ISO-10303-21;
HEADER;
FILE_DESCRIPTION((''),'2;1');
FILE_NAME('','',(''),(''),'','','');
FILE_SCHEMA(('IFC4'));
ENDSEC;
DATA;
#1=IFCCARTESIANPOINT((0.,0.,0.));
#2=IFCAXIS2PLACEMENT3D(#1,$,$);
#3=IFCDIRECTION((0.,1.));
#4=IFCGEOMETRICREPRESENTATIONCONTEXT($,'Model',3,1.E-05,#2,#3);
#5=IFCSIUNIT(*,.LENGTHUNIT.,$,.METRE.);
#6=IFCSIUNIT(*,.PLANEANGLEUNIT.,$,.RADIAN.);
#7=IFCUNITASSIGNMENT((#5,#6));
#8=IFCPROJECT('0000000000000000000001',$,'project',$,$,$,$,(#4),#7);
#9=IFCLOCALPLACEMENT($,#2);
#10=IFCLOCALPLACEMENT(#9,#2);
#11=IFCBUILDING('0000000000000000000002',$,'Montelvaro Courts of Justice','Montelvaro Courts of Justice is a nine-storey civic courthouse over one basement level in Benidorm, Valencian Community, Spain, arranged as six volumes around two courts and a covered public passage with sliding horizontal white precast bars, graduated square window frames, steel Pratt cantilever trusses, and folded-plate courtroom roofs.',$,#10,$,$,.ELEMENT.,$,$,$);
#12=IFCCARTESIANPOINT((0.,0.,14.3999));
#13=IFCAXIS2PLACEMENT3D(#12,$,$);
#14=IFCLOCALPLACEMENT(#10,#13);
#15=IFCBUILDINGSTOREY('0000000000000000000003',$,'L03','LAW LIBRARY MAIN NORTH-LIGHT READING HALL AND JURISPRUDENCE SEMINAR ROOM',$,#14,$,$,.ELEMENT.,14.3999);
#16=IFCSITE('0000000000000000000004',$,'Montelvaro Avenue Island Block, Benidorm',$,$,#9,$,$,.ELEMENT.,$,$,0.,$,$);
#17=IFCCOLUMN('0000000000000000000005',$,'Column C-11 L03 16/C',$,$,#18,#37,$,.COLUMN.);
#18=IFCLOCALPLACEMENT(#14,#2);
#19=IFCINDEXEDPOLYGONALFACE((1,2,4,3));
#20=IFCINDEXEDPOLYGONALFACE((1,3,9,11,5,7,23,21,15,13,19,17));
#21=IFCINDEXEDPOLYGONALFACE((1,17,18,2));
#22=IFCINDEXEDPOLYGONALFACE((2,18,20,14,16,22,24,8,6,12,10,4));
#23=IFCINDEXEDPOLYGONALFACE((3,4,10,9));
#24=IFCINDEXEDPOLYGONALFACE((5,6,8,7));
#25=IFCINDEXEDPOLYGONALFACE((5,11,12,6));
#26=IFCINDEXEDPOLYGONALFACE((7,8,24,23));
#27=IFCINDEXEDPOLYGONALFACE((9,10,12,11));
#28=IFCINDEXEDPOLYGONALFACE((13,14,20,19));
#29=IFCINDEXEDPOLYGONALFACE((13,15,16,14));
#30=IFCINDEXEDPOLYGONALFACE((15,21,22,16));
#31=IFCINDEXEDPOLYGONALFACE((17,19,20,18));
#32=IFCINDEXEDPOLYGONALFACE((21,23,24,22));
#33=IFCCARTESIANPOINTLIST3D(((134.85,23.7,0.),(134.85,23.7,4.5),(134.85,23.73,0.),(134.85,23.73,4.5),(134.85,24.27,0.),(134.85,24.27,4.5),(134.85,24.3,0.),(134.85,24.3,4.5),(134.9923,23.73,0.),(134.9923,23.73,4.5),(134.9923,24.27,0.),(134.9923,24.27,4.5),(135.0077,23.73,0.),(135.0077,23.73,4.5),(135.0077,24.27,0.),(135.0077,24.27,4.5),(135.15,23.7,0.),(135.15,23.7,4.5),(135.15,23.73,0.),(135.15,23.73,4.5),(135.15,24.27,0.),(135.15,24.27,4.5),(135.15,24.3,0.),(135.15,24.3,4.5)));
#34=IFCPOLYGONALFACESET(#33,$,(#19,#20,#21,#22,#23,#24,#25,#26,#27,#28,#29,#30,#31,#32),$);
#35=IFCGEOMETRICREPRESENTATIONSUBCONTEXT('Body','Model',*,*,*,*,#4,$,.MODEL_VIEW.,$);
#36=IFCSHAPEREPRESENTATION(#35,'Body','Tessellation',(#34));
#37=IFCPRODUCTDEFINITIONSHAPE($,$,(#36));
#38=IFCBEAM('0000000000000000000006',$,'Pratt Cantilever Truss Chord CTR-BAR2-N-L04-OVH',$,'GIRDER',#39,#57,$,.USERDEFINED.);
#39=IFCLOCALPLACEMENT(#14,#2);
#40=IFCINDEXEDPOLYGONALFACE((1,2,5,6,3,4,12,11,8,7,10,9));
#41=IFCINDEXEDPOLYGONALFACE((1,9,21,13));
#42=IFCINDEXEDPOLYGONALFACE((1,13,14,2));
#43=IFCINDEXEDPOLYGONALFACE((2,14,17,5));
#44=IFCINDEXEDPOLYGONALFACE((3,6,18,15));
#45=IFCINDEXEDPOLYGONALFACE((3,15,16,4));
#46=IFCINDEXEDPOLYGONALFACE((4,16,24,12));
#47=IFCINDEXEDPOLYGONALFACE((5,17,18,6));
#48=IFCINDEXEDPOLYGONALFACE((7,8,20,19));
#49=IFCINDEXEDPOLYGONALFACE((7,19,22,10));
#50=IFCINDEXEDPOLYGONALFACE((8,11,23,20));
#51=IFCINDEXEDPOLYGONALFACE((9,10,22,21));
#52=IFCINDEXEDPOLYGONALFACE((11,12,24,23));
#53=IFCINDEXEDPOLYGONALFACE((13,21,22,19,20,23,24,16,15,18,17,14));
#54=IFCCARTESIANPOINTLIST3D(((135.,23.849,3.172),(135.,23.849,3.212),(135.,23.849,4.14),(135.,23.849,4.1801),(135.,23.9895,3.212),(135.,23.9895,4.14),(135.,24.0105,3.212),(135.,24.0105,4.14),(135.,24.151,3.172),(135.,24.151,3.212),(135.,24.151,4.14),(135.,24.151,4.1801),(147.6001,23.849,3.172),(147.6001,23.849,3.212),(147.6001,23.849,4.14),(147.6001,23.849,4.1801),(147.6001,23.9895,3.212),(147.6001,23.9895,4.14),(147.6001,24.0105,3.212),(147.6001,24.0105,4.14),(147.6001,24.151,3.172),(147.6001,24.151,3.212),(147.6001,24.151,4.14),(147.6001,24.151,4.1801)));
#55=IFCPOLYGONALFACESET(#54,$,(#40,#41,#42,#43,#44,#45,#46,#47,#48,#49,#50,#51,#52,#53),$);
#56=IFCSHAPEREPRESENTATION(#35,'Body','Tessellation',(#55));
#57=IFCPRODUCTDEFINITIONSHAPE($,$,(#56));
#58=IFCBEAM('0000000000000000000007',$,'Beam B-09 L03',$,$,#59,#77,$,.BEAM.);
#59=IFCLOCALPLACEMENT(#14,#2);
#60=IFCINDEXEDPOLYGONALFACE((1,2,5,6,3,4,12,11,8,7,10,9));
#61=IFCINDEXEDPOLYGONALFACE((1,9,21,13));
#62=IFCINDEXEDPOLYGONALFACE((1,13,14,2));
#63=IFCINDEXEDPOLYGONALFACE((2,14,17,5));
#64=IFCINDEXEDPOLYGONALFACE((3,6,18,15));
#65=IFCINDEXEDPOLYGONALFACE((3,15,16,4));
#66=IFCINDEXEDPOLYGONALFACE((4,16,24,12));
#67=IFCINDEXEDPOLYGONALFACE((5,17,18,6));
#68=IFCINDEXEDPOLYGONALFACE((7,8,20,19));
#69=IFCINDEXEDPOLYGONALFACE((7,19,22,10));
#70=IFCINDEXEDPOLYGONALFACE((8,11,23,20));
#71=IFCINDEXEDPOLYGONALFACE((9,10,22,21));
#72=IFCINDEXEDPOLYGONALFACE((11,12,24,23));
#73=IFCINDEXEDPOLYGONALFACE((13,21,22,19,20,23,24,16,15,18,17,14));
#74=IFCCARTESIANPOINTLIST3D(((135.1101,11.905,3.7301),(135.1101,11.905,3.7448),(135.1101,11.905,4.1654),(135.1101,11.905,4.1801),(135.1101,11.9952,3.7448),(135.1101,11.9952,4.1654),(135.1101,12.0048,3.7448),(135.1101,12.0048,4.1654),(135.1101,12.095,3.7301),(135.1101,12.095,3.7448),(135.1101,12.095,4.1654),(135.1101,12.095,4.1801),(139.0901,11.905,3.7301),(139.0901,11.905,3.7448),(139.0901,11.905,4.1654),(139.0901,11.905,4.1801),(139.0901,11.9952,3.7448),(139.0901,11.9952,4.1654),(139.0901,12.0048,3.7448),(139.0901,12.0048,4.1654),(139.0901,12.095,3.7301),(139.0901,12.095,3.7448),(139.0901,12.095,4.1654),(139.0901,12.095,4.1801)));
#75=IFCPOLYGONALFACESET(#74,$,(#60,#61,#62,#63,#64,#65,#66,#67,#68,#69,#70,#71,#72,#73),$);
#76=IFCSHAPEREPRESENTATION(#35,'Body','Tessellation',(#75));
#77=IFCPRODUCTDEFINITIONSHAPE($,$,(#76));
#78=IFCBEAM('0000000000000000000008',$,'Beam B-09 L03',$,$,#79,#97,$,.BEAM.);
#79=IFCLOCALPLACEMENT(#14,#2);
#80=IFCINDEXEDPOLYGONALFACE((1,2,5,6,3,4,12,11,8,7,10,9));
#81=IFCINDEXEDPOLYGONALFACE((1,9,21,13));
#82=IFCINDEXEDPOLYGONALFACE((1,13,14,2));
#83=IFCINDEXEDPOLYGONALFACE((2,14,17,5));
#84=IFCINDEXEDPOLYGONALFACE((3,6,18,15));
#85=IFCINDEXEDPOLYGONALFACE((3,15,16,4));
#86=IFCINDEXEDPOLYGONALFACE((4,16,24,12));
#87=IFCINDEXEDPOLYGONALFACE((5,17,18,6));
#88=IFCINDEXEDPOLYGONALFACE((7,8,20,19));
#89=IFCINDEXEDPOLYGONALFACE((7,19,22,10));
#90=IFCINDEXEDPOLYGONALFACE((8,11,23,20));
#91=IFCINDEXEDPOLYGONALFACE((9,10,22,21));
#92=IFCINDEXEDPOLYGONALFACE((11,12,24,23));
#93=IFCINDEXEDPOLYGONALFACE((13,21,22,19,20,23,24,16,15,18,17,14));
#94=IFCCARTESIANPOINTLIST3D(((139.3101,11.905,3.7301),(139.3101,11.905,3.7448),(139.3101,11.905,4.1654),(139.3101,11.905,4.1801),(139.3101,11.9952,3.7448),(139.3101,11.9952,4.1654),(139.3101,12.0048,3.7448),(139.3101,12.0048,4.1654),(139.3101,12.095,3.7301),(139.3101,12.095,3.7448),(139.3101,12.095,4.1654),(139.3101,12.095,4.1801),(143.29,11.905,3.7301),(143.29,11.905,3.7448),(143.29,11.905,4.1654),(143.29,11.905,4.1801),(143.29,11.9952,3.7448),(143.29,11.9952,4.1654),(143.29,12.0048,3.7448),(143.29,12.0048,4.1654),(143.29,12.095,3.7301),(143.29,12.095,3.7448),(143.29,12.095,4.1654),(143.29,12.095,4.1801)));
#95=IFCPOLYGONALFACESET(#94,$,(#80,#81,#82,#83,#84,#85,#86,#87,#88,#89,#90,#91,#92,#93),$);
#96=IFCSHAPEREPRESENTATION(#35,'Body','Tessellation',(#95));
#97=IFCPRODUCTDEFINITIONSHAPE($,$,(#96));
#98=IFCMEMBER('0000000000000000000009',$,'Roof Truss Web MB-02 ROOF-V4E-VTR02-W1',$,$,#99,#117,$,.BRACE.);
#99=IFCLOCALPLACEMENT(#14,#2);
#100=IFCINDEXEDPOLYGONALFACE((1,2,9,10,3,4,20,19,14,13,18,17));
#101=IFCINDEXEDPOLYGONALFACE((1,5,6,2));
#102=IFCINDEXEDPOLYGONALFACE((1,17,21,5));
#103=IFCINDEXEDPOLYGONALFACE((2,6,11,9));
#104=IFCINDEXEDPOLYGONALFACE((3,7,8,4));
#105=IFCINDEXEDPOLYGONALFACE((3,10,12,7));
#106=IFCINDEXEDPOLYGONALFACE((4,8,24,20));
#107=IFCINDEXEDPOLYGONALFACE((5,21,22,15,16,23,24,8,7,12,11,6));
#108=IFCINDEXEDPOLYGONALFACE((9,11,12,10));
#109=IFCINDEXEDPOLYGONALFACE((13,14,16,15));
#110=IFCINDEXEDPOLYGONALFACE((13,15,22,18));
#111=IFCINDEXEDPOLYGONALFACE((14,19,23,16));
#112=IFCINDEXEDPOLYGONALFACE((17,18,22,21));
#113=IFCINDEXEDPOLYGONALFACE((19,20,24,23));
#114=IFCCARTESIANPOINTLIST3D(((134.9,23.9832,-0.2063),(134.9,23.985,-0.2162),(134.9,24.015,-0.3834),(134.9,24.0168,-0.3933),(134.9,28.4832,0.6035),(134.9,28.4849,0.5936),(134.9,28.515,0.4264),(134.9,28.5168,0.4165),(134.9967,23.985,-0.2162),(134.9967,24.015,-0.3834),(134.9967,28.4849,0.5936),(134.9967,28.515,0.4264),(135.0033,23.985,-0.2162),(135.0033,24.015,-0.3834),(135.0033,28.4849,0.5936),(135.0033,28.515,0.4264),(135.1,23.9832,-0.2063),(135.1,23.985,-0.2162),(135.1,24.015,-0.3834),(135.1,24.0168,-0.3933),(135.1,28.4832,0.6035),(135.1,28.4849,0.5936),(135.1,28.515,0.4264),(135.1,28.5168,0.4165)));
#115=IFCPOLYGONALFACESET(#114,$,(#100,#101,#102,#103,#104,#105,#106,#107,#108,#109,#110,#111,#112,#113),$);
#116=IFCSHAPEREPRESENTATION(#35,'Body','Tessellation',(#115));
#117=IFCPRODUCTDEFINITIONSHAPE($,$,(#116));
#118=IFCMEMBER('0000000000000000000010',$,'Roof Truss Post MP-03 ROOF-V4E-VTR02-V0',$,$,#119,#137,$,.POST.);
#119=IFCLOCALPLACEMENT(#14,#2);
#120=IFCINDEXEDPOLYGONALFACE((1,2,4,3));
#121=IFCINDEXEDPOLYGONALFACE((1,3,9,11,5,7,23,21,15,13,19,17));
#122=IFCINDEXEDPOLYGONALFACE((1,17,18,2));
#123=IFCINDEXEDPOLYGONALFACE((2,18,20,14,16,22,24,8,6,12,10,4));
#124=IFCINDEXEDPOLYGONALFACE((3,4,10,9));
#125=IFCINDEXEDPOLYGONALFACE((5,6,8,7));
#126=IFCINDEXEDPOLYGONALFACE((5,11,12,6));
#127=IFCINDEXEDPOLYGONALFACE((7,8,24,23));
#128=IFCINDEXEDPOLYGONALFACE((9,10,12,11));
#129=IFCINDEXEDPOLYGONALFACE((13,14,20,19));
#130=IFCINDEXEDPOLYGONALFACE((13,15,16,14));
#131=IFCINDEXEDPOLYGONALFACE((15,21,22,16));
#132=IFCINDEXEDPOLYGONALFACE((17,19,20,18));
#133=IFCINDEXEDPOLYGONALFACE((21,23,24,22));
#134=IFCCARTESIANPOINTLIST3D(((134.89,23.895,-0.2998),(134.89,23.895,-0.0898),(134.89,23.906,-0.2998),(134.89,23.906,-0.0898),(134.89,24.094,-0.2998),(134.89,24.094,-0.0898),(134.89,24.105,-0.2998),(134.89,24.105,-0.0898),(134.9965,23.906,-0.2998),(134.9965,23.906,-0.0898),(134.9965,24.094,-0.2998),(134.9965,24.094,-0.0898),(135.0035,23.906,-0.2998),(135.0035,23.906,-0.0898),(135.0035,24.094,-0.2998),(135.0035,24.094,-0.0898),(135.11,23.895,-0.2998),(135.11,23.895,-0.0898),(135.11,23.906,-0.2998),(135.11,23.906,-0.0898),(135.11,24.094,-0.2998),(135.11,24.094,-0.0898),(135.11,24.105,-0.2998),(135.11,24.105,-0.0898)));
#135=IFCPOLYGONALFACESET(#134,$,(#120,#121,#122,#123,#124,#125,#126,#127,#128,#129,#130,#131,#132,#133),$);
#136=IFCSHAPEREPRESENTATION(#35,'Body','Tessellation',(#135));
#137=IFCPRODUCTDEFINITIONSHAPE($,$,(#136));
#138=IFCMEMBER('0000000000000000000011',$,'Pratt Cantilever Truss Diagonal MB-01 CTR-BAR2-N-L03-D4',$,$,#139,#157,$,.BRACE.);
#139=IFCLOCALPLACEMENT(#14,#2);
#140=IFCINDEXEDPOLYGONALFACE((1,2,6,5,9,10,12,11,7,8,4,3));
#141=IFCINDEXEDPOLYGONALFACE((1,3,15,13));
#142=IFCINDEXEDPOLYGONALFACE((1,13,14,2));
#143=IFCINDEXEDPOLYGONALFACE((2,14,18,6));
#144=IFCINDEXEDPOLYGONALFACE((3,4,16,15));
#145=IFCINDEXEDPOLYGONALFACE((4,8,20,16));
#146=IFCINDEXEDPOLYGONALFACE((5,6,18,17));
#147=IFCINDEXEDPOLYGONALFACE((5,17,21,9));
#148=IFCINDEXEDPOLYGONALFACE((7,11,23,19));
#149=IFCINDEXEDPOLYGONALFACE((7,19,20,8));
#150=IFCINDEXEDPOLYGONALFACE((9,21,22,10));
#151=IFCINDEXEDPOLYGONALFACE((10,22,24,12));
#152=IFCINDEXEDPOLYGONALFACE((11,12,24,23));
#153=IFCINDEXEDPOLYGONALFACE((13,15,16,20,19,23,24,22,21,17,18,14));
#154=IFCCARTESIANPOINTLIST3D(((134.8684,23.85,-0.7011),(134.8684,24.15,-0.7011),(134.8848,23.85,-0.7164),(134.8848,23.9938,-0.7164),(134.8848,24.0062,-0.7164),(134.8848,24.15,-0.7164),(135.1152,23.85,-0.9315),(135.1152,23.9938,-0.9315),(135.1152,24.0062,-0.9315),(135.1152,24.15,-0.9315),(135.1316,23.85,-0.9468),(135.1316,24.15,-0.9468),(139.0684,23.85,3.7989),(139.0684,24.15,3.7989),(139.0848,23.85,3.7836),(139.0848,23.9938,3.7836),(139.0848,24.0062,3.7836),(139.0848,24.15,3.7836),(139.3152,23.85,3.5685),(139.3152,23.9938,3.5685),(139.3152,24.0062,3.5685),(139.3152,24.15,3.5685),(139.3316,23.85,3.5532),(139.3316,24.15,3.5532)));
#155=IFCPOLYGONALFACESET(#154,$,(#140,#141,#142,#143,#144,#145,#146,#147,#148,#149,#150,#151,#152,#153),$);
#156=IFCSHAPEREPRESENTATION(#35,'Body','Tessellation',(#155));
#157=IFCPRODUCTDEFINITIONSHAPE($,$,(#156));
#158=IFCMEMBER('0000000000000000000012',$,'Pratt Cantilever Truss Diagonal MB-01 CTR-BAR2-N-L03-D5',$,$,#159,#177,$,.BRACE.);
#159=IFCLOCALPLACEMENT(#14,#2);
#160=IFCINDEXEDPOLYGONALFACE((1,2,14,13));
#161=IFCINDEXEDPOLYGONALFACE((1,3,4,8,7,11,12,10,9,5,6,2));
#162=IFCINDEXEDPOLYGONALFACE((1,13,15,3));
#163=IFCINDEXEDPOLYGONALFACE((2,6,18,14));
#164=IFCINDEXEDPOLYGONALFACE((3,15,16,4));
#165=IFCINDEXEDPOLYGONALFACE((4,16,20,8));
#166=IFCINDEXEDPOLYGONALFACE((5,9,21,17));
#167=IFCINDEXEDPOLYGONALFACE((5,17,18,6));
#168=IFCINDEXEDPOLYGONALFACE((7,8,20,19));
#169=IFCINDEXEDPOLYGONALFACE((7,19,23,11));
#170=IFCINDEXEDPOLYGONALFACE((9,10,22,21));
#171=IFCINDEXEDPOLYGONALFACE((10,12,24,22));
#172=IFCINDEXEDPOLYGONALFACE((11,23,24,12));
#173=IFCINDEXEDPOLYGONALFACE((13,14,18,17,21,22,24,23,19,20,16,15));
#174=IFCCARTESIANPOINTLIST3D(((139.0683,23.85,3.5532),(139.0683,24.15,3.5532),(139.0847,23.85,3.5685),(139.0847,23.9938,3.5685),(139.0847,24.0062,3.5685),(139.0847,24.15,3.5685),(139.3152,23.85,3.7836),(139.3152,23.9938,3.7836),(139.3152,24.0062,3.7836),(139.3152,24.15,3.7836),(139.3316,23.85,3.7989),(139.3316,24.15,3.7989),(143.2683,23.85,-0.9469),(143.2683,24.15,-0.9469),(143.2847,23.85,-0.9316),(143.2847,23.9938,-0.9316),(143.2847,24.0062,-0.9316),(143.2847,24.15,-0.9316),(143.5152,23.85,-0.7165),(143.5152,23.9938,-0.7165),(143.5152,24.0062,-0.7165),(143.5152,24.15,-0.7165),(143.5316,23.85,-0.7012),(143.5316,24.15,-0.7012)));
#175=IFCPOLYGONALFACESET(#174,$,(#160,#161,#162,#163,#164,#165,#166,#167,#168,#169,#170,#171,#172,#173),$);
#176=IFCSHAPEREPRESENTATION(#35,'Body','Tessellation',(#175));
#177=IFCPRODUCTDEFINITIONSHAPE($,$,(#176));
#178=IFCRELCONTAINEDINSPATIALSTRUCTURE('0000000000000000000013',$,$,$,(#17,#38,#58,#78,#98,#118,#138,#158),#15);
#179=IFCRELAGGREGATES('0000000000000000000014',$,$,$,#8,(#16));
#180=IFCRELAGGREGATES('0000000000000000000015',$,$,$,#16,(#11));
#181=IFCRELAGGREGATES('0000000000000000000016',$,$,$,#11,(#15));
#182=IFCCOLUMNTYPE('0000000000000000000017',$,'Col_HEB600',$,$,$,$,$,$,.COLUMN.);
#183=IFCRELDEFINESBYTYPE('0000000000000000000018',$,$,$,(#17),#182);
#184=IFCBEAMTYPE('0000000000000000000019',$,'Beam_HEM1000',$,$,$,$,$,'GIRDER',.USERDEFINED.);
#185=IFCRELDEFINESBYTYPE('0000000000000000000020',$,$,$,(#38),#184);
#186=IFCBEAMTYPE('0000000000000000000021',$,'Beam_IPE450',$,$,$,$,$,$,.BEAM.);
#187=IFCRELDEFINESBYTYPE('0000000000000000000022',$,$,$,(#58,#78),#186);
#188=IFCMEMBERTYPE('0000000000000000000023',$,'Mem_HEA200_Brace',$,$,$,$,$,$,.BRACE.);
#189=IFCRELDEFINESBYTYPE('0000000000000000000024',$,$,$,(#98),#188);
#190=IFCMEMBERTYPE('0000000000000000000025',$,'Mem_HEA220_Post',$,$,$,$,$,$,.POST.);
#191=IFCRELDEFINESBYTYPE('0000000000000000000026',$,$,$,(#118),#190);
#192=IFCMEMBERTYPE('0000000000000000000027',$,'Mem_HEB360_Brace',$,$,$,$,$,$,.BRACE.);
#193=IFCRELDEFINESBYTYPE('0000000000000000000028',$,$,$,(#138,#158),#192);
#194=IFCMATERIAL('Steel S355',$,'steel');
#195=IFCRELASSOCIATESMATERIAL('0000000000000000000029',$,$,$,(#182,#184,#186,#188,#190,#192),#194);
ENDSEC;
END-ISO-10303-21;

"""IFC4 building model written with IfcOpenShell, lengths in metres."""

from ifc_helpers import new_model, si_unit, direction, frame, origin, origin_2d, place, context, subcontext, project, spatial, i_section, extrude, material, material_profile, profile_set, type_object, element, save


model = new_model("IFC4")

# Units and contexts
model_context = context("Model", 3, precision=1e-05, world=origin(), true_north=direction((0.0, 1.0)))
body_context = subcontext(model_context, "Body", "Model", "MODEL_VIEW")
ifc_project = project(units=[si_unit("LENGTHUNIT", "METRE"), si_unit("PLANEANGLEUNIT", "RADIAN")], contexts=[model_context])

# Site, building, storey
site_placement = place(None, origin())
site = spatial("IfcSite", under=ifc_project, at=site_placement, Name="Montelvaro Avenue Island Block, Benidorm", CompositionType="ELEMENT", RefElevation=0.0)
building_placement = place(site_placement, origin())
building = spatial("IfcBuilding", under=site, at=building_placement, Name="Montelvaro Courts of Justice", Description="Montelvaro Courts of Justice is a nine-storey civic courthouse over one basement level in Benidorm, Valencian Community, Spain, arranged as six volumes around two courts and a covered public passage with sliding horizontal white precast bars, graduated square window frames, steel Pratt cantilever trusses, and folded-plate courtroom roofs.", CompositionType="ELEMENT")
storey_placement = place(building_placement, frame((0.0, 0.0, 14.3999)))
storey = spatial("IfcBuildingStorey", under=building, at=storey_placement, Name="L03", Description="LAW LIBRARY MAIN NORTH-LIGHT READING HALL AND JURISPRUDENCE SEMINAR ROOM", CompositionType="ELEMENT", Elevation=14.3999)

# Column
ifc_material_1 = material(Name="Steel S355", Category="steel")
ifc_material_profile_1 = material_profile(ifc_material_1, i_section(OverallWidth=0.3, OverallDepth=0.6001, WebThickness=0.0154, FlangeThickness=0.03, at=origin_2d()), Name="HEB 600")
ifc_profile_set_1 = profile_set([ifc_material_profile_1], Name="Steel S355")
column_type = type_object("IfcColumnType", Name="Col_HEB600", PredefinedType="COLUMN", material=ifc_profile_set_1)
column_placement = place(storey_placement, frame((135.0, 24.0, 0.0), z_axis=(0.0, 0.0, 1.0), x_axis=(1.0, 0.0, 0.0)))
element("IfcColumn", 1, at=column_placement, inside=storey, type_object=column_type, Name="Column C-11 L03 16/C", PredefinedType="COLUMN", context=body_context, shape_type="SweptSolid", body=[
    extrude(i_section(OverallWidth=0.3, OverallDepth=0.6001, WebThickness=0.0154, FlangeThickness=0.03, at=origin_2d()), origin(), (0.0, 0.0, 1.0), 4.5),
])

# Beams
ifc_material_profile_2 = material_profile(ifc_material_1, i_section(OverallWidth=0.302, OverallDepth=1.0081, WebThickness=0.021, FlangeThickness=0.04, at=origin_2d()), Name="HEM 1000")
ifc_profile_set_2 = profile_set([ifc_material_profile_2], Name="Steel S355")
beam_type_1 = type_object("IfcBeamType", Name="Beam_HEM1000", ElementType="GIRDER", PredefinedType="USERDEFINED", material=ifc_profile_set_2)
beam_placement = place(storey_placement, frame((135.0, 24.0, 3.676), z_axis=(1.0, 0.0, 0.0), x_axis=(0.0, 1.0, 0.0)))
element("IfcBeam", 2, at=beam_placement, inside=storey, type_object=beam_type_1, Name="Pratt Cantilever Truss Chord CTR-BAR2-N-L04-OVH", ObjectType="GIRDER", PredefinedType="USERDEFINED", context=body_context, shape_type="SweptSolid", body=[
    extrude(i_section(OverallWidth=0.302, OverallDepth=1.0081, WebThickness=0.021, FlangeThickness=0.04, at=origin_2d()), origin(), (0.0, 0.0, 1.0), 12.6001),
])
ifc_material_profile_3 = material_profile(ifc_material_1, i_section(OverallWidth=0.1899, OverallDepth=0.45, WebThickness=0.0095, FlangeThickness=0.0146, at=origin_2d()), Name="IPE 450")
ifc_profile_set_3 = profile_set([ifc_material_profile_3], Name="Steel S355")
beam_type_2 = type_object("IfcBeamType", Name="Beam_IPE450", PredefinedType="BEAM", material=ifc_profile_set_3)
for number, where, z_axis, x_axis, name in (
    (3, (135.1101, 12.0, 3.9551), (1.0, 0.0, 0.0), (0.0, 1.0, 0.0), "Beam B-09 L03"),
    (4, (139.3101, 12.0, 3.9551), (1.0, 0.0, 0.0), (0.0, 1.0, 0.0), "Beam B-09 L03"),
):
    element("IfcBeam", number, at=place(storey_placement, frame(where, z_axis=z_axis, x_axis=x_axis)), inside=storey, type_object=beam_type_2, Name=name, PredefinedType="BEAM", context=body_context, shape_type="SweptSolid", body=[
        extrude(i_section(OverallWidth=0.1899, OverallDepth=0.45, WebThickness=0.0095, FlangeThickness=0.0146, at=origin_2d()), origin(), (0.0, 0.0, 1.0), 3.98),
    ])

# Members
ifc_material_profile_4 = material_profile(ifc_material_1, i_section(OverallWidth=0.2, OverallDepth=0.1899, WebThickness=0.0066, FlangeThickness=0.01, at=origin_2d()), Name="HEA 200")
ifc_profile_set_4 = profile_set([ifc_material_profile_4], Name="Steel S355")
member_type_1 = type_object("IfcMemberType", Name="Mem_HEA200_Brace", PredefinedType="BRACE", material=ifc_profile_set_4)
member_1_placement = place(storey_placement, frame((135.0, 24.0, -0.2998), z_axis=(0.0, 0.98419, 0.177114), x_axis=(-1.0, 0.0, 0.0)))
element("IfcMember", 5, at=member_1_placement, inside=storey, type_object=member_type_1, Name="Roof Truss Web MB-02 ROOF-V4E-VTR02-W1", PredefinedType="BRACE", context=body_context, shape_type="SweptSolid", body=[
    extrude(i_section(OverallWidth=0.2, OverallDepth=0.1899, WebThickness=0.0066, FlangeThickness=0.01, at=origin_2d()), origin(), (0.0, 0.0, 1.0), 4.5723),
])
ifc_material_profile_5 = material_profile(ifc_material_1, i_section(OverallWidth=0.22, OverallDepth=0.21, WebThickness=0.0071, FlangeThickness=0.011, at=origin_2d()), Name="HEA 220")
ifc_profile_set_5 = profile_set([ifc_material_profile_5], Name="Steel S355")
member_type_2 = type_object("IfcMemberType", Name="Mem_HEA220_Post", PredefinedType="POST", material=ifc_profile_set_5)
member_2_placement = place(storey_placement, frame((135.0, 24.0, -0.2998), z_axis=(0.0, 0.0, 1.0), x_axis=(1.0, 0.0, 0.0)))
element("IfcMember", 6, at=member_2_placement, inside=storey, type_object=member_type_2, Name="Roof Truss Post MP-03 ROOF-V4E-VTR02-V0", PredefinedType="POST", context=body_context, shape_type="SweptSolid", body=[
    extrude(i_section(OverallWidth=0.22, OverallDepth=0.21, WebThickness=0.0071, FlangeThickness=0.011, at=origin_2d()), origin(), (0.0, 0.0, 1.0), 0.21),
])
ifc_material_profile_6 = material_profile(ifc_material_1, i_section(OverallWidth=0.3, OverallDepth=0.3601, WebThickness=0.0125, FlangeThickness=0.0225, at=origin_2d()), Name="HEB 360")
ifc_profile_set_6 = profile_set([ifc_material_profile_6], Name="Steel S355")
member_type_3 = type_object("IfcMemberType", Name="Mem_HEB360_Brace", PredefinedType="BRACE", material=ifc_profile_set_6)
for number, where, z_axis, x_axis, name in (
    (7, (135.0, 24.0, -0.824), (0.682314, 0.0, 0.731059), (0.0, 1.0, 0.0), "Pratt Cantilever Truss Diagonal MB-01 CTR-BAR2-N-L03-D4"),
    (8, (139.2, 24.0, 3.676), (0.682314, 0.0, -0.731059), (0.0, 1.0, 0.0), "Pratt Cantilever Truss Diagonal MB-01 CTR-BAR2-N-L03-D5"),
):
    element("IfcMember", number, at=place(storey_placement, frame(where, z_axis=z_axis, x_axis=x_axis)), inside=storey, type_object=member_type_3, Name=name, PredefinedType="BRACE", context=body_context, shape_type="SweptSolid", body=[
        extrude(i_section(OverallWidth=0.3, OverallDepth=0.3601, WebThickness=0.0125, FlangeThickness=0.0225, at=origin_2d()), origin(), (0.0, 0.0, 1.0), 6.1555),
    ])

save(model, "model.ifc")
